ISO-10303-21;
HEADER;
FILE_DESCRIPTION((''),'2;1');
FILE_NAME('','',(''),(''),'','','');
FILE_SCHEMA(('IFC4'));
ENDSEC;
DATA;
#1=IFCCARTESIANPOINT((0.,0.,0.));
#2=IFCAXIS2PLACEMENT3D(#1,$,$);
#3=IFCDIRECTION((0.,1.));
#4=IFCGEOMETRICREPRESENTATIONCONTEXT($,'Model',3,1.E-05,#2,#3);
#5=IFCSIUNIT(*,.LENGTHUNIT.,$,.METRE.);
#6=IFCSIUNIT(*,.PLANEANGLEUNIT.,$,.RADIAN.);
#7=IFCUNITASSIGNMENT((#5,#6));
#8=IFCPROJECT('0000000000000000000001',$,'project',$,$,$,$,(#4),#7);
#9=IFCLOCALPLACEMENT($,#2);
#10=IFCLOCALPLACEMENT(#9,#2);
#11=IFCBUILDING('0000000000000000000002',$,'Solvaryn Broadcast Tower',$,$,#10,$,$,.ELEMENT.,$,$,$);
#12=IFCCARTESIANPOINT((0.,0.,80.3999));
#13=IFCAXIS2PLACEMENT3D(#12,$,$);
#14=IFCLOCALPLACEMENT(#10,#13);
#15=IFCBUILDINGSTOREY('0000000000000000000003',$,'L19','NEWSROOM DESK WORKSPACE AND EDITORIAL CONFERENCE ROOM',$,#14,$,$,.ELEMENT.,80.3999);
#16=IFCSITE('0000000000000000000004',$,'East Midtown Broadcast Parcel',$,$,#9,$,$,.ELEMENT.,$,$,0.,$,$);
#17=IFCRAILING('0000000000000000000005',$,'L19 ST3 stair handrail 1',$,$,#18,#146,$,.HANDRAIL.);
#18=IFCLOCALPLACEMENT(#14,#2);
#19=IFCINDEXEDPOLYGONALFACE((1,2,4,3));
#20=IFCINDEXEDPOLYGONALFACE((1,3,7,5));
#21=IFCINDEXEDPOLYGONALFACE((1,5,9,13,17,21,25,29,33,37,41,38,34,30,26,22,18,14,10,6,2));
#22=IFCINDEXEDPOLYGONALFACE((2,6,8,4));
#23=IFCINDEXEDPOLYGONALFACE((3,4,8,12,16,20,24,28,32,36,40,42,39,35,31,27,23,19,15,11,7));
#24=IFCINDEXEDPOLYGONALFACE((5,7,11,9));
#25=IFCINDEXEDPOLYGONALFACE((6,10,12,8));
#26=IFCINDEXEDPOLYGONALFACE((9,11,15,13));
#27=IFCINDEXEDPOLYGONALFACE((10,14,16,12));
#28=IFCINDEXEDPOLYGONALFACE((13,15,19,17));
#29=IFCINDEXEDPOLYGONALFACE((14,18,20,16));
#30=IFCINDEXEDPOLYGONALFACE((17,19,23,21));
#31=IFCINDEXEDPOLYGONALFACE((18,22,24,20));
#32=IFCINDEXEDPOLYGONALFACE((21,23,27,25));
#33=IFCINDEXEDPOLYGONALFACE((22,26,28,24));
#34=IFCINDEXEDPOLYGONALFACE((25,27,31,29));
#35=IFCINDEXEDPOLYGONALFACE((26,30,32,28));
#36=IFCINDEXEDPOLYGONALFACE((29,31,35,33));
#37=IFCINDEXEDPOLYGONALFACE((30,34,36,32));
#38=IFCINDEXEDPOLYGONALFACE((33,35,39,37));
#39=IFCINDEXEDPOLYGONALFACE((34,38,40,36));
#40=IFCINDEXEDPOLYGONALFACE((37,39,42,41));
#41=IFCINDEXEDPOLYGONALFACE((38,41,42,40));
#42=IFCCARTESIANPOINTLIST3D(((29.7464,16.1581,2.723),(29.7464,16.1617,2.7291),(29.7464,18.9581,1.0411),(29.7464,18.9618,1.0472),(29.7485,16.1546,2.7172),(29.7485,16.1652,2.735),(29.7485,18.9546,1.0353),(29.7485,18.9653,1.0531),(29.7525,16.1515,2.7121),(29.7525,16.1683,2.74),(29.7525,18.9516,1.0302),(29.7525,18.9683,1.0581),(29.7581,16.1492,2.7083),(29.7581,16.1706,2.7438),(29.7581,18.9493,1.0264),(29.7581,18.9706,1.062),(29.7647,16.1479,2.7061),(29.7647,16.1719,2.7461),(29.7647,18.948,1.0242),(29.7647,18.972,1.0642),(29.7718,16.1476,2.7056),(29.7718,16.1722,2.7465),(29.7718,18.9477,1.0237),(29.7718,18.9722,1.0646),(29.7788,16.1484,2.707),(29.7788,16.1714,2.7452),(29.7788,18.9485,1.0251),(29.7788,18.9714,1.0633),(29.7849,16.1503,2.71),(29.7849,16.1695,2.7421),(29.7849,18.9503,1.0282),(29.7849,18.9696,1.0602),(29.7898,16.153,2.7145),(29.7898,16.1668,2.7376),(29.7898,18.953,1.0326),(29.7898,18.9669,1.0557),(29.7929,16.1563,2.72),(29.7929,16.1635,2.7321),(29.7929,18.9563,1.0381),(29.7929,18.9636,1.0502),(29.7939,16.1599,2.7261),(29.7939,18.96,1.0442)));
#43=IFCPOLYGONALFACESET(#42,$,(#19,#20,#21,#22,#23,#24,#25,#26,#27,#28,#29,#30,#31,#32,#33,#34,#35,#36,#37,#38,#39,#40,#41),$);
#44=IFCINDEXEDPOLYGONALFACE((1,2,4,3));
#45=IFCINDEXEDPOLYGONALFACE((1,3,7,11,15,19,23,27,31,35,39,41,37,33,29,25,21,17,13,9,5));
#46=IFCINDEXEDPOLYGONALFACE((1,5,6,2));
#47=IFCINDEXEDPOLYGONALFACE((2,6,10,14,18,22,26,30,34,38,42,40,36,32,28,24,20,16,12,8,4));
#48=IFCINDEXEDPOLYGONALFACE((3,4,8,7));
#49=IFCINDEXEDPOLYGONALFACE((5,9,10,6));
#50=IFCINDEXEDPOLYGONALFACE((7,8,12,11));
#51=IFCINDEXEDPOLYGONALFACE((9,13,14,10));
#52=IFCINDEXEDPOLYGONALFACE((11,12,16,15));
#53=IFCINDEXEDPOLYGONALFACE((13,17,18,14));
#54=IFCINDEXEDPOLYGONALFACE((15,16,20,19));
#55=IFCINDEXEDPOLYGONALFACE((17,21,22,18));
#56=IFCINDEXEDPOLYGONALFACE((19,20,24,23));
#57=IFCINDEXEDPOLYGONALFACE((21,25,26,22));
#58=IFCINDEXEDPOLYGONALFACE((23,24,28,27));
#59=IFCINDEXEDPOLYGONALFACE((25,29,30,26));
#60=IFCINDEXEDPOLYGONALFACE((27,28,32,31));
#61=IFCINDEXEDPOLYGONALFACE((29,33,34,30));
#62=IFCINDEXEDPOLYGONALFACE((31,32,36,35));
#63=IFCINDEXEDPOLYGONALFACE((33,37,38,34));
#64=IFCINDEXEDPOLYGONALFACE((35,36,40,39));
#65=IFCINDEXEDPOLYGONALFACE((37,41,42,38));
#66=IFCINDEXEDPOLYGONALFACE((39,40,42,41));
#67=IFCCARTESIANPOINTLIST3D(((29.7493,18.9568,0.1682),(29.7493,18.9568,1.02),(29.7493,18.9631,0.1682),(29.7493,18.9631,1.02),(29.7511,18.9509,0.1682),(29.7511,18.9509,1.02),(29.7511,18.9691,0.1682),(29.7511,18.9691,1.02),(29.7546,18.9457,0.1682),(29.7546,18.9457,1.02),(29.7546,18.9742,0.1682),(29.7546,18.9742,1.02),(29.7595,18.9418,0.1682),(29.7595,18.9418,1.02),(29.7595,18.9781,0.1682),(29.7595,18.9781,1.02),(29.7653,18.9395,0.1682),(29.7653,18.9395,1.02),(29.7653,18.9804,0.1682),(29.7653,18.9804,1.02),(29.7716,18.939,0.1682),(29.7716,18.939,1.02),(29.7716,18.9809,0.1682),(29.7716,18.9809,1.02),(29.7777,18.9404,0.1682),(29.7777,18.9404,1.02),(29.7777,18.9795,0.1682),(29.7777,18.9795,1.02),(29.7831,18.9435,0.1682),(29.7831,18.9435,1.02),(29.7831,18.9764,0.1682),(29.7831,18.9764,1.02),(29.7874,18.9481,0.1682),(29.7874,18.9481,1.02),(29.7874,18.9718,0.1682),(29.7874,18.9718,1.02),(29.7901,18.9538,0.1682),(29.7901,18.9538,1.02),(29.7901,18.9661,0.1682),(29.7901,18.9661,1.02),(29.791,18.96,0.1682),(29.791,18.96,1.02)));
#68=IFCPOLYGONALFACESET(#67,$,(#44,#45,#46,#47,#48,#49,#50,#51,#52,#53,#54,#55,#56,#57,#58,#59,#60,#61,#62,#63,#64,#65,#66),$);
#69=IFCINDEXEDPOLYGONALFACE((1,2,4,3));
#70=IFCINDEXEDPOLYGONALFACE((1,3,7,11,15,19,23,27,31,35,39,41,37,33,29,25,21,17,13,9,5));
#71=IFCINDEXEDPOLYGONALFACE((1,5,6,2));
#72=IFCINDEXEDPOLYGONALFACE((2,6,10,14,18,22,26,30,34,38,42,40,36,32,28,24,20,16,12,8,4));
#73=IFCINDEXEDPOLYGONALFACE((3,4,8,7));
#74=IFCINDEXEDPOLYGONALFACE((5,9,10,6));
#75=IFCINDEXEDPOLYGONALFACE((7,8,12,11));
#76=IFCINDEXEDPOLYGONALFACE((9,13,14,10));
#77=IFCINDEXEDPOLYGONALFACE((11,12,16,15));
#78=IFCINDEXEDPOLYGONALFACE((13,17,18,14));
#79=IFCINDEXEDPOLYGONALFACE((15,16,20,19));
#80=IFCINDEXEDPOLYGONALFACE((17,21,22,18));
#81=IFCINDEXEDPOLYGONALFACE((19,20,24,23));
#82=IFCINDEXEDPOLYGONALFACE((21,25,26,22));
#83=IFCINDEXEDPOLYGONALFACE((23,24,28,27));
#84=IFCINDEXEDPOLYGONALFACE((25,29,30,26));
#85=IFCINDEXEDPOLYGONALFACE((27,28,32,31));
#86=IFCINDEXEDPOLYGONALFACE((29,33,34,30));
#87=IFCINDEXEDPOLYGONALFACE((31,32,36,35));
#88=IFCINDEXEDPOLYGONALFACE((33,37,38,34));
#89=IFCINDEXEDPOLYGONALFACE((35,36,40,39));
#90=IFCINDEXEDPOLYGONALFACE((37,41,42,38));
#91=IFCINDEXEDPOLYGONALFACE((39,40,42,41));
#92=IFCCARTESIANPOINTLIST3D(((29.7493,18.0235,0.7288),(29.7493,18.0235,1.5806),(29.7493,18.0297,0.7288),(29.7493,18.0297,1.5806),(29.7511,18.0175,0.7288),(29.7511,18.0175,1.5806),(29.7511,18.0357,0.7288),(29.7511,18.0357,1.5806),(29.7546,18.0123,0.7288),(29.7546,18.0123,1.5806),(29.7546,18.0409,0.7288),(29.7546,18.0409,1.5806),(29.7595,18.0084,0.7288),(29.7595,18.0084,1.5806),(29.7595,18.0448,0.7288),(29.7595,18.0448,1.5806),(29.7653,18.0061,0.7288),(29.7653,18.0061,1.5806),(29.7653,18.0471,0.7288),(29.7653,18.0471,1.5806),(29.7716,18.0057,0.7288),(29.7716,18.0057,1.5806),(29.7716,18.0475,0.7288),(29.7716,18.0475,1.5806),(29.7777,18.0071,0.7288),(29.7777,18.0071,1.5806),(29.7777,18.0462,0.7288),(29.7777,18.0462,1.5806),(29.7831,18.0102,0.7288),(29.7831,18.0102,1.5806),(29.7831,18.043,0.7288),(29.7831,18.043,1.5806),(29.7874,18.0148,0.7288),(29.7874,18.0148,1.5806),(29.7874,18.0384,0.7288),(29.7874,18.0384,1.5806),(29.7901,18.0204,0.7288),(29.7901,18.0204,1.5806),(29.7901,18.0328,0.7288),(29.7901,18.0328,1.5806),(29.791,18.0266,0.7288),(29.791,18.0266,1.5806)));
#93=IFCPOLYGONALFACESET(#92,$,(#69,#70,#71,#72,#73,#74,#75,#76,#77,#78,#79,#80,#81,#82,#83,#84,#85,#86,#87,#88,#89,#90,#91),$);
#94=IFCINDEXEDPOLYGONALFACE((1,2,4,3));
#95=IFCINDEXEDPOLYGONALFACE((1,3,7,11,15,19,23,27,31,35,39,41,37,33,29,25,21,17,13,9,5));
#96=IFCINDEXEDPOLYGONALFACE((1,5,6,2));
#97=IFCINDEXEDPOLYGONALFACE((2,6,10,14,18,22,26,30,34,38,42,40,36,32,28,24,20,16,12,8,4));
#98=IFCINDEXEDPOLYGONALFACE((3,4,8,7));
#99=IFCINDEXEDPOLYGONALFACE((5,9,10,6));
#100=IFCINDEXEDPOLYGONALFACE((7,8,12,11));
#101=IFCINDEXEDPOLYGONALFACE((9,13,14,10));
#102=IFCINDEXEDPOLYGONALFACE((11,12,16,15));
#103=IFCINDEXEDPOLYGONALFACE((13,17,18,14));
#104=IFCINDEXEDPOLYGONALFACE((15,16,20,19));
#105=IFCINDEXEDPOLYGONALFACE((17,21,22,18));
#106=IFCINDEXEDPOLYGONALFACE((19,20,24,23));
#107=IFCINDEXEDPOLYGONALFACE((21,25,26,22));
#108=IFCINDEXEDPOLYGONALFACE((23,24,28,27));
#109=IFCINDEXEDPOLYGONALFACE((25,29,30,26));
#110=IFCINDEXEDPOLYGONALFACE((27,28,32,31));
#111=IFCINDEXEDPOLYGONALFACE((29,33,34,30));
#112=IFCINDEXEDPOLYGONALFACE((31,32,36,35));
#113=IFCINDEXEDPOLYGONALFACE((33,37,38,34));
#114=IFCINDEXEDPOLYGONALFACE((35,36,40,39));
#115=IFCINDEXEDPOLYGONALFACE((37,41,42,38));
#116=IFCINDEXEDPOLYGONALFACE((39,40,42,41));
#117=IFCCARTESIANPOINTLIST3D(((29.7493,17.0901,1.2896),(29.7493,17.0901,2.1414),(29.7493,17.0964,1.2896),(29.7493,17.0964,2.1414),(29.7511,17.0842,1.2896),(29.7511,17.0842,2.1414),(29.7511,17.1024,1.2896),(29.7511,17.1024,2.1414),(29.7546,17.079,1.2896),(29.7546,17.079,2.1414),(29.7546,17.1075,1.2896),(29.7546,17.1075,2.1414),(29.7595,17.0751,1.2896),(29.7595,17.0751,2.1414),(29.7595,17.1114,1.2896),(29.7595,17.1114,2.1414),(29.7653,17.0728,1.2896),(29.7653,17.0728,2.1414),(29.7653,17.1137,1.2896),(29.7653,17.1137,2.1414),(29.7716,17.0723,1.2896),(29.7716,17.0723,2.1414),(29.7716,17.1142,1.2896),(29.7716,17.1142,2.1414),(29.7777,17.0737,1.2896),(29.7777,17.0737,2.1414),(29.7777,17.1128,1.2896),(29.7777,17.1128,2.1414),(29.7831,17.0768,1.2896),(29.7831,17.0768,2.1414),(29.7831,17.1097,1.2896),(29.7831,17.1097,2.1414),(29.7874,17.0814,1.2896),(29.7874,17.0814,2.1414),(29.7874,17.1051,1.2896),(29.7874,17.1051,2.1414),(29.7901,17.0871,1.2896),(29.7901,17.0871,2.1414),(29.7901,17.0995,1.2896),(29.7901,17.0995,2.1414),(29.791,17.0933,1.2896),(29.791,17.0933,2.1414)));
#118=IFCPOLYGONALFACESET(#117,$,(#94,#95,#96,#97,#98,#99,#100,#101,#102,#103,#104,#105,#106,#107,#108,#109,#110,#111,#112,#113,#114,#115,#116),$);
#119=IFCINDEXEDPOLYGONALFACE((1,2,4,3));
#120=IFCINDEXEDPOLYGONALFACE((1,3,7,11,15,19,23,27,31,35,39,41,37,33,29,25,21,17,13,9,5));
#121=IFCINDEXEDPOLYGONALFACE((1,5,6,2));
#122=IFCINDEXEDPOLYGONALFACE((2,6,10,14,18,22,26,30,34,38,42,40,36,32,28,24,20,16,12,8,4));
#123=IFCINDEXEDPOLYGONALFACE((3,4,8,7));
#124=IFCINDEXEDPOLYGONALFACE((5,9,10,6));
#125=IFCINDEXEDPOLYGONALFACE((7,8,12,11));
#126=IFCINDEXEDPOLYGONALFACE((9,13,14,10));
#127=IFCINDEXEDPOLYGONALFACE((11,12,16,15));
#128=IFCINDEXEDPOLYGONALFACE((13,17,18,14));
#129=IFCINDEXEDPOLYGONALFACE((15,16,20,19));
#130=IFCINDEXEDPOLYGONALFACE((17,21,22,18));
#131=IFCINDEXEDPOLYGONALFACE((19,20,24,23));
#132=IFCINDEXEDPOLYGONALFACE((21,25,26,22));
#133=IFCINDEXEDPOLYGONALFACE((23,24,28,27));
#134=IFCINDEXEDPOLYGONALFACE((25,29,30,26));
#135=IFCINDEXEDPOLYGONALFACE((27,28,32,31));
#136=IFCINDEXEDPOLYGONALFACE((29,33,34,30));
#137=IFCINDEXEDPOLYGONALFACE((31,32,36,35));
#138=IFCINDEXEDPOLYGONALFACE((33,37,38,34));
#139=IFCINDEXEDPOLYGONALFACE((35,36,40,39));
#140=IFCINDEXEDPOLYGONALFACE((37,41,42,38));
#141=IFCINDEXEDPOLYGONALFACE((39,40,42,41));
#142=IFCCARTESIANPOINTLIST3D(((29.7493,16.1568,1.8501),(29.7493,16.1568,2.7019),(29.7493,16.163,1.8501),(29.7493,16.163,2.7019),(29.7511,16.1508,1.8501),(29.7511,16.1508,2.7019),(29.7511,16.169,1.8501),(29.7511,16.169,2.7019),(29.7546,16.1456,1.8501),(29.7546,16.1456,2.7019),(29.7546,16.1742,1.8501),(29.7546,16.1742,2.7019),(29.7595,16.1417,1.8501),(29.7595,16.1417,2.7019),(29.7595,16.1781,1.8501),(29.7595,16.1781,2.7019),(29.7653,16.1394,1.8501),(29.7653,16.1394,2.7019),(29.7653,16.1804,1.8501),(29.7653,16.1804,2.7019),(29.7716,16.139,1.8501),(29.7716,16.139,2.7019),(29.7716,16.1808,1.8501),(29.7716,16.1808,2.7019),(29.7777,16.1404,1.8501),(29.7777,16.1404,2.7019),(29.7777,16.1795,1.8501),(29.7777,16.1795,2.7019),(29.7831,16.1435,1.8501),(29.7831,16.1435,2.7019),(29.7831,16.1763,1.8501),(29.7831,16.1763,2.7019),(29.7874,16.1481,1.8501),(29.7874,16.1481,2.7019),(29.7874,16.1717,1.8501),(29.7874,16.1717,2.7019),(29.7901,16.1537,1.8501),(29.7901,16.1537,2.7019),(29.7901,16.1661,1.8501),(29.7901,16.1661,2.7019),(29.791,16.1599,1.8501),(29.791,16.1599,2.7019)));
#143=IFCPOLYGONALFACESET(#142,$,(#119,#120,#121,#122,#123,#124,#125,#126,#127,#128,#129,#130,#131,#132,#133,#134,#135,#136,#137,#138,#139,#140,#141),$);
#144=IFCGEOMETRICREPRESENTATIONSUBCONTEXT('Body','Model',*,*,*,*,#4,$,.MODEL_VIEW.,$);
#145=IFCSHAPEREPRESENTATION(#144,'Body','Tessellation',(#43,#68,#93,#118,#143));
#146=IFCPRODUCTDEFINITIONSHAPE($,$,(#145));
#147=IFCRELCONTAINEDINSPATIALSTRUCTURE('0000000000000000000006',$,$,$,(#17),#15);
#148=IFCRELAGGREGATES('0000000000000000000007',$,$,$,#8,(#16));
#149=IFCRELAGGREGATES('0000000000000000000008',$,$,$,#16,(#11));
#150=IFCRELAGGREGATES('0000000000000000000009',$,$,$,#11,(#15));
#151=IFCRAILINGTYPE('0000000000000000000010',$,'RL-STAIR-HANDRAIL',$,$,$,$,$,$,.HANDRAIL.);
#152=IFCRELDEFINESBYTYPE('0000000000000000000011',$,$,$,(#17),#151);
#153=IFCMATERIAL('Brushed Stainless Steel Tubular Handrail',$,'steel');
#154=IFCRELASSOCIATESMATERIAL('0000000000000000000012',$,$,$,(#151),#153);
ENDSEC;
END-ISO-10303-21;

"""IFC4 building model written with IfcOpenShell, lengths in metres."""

from ifc_helpers import new_model, si_unit, direction, frame, origin, origin_2d, place, context, subcontext, project, spatial, circle, extrude, material, type_object, element, save


model = new_model("IFC4")

# Units and contexts
model_context = context("Model", 3, precision=1e-05, world=origin(), true_north=direction((0.0, 1.0)))
body_context = subcontext(model_context, "Body", "Model", "MODEL_VIEW")
ifc_project = project(units=[si_unit("LENGTHUNIT", "METRE"), si_unit("PLANEANGLEUNIT", "RADIAN")], contexts=[model_context])

# Site, building, storey
site_placement = place(None, origin())
site = spatial("IfcSite", under=ifc_project, at=site_placement, Name="East Midtown Broadcast Parcel", CompositionType="ELEMENT", RefElevation=0.0)
building_placement = place(site_placement, origin())
building = spatial("IfcBuilding", under=site, at=building_placement, Name="Solvaryn Broadcast Tower", CompositionType="ELEMENT")
storey_placement = place(building_placement, frame((0.0, 0.0, 80.3999)))
storey = spatial("IfcBuildingStorey", under=building, at=storey_placement, Name="L19", Description="NEWSROOM DESK WORKSPACE AND EDITORIAL CONFERENCE ROOM", CompositionType="ELEMENT", Elevation=80.3999)

# Railing
ifc_material_1 = material(Name="Brushed Stainless Steel Tubular Handrail", Category="steel")
railing_type_1 = type_object("IfcRailingType", Name="RL-STAIR-HANDRAIL", PredefinedType="HANDRAIL", material=ifc_material_1)
railing_1_placement = place(storey_placement, frame((29.77, 18.96, 0.1682)))
element("IfcRailing", 1, at=railing_1_placement, inside=storey, type_object=railing_type_1, Name="L19 ST3 stair handrail 1", PredefinedType="HANDRAIL", context=body_context, shape_type="SweptSolid", body=[
    extrude(circle(Radius=0.0239, at=origin_2d()), frame((0.0, 0.0, 0.876), z_axis=(0.0, -0.857242, 0.514913), x_axis=(1.0, 0.0, 0.0)), (0.0, 0.0, 1.0), 3.2664),
    extrude(circle(Radius=0.021, at=origin_2d()), origin(), (0.0, 0.0, 1.0), 0.8518),
    extrude(circle(Radius=0.021, at=origin_2d()), frame((0.0, -0.9333, 0.5605)), (0.0, 0.0, 1.0), 0.8518),
    extrude(circle(Radius=0.021, at=origin_2d()), frame((0.0, -1.8667, 1.1213)), (0.0, 0.0, 1.0), 0.8518),
    extrude(circle(Radius=0.021, at=origin_2d()), frame((0.0, -2.8, 1.6819)), (0.0, 0.0, 1.0), 0.8518),
])

save(model, "model.ifc")
